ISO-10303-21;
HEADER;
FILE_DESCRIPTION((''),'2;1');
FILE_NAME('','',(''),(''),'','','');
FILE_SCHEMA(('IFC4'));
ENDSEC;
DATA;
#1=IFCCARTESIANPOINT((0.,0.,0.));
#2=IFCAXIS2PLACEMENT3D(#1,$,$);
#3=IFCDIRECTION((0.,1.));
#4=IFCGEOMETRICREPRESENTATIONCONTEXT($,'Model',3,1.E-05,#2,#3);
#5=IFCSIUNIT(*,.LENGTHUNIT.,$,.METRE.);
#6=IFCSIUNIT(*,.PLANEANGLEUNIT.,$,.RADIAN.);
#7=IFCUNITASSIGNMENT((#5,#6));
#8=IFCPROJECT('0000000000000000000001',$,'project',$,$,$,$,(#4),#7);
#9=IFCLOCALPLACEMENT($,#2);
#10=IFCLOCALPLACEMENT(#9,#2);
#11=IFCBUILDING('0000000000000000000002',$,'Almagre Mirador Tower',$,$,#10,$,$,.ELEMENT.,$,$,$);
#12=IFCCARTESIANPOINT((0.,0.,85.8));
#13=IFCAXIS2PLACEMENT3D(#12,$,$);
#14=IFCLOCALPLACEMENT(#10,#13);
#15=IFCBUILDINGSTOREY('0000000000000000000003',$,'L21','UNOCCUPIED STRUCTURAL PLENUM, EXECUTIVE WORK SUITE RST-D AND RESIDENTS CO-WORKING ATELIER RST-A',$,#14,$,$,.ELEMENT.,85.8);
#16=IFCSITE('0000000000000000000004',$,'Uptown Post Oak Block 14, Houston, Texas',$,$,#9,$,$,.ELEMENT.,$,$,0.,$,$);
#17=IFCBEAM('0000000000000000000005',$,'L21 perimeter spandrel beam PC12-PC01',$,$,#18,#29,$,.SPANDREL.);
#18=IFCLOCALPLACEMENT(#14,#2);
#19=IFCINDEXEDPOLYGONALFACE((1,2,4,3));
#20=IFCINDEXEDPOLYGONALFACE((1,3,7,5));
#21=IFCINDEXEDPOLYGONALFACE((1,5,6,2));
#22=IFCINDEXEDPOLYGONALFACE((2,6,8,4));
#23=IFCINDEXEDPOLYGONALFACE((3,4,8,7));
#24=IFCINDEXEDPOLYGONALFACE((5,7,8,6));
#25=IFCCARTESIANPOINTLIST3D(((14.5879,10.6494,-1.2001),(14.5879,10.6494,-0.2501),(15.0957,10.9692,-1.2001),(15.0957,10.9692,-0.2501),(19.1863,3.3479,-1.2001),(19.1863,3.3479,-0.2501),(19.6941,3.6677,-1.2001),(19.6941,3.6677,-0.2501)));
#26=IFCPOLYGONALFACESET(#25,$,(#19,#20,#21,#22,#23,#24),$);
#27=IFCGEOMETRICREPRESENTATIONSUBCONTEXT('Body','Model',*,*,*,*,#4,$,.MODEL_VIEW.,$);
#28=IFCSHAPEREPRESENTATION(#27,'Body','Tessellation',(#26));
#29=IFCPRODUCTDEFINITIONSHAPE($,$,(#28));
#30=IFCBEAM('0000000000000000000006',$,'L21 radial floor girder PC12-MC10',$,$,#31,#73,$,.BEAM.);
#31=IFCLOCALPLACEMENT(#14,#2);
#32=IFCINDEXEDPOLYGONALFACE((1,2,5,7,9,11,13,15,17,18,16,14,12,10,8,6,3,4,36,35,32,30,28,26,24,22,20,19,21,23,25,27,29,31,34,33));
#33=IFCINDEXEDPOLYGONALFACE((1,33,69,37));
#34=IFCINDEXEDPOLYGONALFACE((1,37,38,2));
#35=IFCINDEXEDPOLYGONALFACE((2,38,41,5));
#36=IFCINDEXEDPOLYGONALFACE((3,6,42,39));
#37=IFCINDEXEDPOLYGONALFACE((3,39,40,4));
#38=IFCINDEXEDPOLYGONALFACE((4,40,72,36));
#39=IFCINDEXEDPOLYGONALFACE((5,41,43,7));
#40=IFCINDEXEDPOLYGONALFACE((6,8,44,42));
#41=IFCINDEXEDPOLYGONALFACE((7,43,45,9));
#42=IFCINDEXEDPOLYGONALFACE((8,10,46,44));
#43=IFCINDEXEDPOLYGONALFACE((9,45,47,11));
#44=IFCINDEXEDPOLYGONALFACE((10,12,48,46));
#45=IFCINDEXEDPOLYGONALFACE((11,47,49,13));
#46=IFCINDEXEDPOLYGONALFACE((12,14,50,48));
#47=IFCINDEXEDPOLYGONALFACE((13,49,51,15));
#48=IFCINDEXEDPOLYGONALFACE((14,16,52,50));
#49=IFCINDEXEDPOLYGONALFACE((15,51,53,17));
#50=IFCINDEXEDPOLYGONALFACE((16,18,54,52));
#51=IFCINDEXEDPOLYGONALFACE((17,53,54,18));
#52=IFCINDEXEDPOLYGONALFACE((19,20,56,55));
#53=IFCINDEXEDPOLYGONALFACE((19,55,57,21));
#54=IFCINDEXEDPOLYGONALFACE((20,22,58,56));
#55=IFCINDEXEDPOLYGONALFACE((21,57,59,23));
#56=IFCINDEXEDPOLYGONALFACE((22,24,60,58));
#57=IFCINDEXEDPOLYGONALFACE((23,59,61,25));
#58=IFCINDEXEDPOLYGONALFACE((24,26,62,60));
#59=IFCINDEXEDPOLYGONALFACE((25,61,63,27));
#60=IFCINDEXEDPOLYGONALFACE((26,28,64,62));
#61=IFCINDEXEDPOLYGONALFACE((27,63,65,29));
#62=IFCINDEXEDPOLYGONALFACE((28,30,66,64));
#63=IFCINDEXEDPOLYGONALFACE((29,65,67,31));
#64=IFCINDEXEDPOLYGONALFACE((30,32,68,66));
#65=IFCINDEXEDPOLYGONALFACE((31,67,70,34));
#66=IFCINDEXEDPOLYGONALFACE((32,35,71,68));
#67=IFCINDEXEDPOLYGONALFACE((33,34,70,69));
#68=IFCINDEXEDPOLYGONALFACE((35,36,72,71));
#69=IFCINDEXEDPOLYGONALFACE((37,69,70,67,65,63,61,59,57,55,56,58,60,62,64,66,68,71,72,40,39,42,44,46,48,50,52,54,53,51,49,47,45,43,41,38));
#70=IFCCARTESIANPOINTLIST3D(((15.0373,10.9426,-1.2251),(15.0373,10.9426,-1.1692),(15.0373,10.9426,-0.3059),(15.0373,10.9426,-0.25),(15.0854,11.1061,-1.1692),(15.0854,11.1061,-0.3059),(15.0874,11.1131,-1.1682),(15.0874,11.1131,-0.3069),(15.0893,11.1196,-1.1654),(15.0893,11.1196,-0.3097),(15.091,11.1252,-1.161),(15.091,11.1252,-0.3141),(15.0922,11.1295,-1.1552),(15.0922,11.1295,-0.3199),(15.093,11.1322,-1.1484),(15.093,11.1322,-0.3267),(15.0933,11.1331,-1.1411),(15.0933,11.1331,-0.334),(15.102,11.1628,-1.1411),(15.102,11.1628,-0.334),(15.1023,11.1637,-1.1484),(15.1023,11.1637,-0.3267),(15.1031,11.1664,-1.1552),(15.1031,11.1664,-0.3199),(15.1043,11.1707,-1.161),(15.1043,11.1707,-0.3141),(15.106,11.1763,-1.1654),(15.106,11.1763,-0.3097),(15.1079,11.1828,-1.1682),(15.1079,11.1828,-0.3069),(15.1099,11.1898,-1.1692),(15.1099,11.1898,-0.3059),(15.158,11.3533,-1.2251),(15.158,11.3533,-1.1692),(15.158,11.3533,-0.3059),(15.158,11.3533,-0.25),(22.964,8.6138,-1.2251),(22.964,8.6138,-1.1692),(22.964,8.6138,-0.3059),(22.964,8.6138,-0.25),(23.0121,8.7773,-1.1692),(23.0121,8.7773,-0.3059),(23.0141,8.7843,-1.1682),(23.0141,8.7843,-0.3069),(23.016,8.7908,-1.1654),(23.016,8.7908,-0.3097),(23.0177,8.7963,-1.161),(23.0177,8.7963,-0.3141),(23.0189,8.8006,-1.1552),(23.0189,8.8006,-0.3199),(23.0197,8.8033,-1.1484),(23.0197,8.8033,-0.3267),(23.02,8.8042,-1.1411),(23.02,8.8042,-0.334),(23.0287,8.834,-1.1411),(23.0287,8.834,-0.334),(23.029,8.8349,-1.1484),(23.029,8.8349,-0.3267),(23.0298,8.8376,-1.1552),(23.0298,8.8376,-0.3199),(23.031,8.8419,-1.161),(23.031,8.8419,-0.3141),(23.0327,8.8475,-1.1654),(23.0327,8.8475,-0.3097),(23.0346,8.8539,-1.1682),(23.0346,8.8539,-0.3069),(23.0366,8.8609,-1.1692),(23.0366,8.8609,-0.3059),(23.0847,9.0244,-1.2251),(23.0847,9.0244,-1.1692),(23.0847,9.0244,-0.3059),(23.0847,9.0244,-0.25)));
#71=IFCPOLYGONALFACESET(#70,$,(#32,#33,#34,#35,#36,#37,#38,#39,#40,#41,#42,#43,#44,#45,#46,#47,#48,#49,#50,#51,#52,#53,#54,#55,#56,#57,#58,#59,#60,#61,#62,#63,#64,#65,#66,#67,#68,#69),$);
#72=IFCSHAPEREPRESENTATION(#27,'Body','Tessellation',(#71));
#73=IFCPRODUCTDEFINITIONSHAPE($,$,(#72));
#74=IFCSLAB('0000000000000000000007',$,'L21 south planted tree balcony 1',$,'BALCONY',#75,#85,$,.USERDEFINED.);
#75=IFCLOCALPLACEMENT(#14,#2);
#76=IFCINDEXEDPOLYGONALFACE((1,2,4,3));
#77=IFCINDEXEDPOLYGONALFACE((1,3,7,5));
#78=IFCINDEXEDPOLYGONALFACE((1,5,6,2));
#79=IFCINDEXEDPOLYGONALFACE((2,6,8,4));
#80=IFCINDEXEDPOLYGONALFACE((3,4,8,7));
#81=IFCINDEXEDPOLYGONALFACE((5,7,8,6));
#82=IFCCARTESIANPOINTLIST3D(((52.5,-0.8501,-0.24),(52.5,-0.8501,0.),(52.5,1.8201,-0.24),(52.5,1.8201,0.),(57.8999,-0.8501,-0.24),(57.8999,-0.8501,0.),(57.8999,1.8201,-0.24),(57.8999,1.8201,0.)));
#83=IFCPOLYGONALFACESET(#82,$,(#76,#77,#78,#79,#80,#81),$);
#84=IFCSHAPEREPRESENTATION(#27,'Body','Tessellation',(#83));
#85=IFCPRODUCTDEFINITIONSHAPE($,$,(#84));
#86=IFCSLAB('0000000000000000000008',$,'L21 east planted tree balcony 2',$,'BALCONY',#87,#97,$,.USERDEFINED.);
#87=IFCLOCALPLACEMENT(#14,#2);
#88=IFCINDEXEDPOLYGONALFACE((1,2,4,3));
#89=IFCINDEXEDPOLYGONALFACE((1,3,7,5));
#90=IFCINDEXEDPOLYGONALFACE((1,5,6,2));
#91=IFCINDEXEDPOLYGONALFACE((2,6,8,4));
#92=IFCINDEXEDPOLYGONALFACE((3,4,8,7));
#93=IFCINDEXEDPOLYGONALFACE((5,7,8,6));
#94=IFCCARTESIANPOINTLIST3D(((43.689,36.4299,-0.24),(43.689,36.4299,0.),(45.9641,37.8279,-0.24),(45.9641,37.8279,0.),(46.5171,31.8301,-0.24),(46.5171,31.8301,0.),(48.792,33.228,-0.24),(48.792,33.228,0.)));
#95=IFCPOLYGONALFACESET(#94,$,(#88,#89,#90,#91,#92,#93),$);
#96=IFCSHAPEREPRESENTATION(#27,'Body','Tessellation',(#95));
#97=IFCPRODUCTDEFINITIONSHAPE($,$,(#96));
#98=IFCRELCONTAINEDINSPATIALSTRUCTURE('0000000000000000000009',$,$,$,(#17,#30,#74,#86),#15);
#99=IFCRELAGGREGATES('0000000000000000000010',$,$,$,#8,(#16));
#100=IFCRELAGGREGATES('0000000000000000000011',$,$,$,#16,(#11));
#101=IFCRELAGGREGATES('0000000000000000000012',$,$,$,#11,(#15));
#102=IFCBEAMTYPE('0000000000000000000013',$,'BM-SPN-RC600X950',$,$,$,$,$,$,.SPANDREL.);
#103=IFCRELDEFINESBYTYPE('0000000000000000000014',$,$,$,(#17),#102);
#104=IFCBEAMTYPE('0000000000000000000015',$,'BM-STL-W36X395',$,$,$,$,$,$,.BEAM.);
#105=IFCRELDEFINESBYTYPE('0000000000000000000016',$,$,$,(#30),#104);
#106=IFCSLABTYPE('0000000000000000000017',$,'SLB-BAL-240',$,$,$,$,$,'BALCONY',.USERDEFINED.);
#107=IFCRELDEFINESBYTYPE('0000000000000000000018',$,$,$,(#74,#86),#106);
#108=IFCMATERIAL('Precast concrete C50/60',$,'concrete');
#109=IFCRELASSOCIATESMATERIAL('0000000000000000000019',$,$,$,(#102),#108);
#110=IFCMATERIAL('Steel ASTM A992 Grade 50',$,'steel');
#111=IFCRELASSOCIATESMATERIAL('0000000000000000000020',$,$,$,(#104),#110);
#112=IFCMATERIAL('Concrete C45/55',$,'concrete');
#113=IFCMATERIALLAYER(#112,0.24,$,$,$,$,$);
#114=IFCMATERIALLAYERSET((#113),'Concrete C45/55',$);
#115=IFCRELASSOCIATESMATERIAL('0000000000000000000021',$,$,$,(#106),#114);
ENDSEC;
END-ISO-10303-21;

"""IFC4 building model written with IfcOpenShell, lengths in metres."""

from ifc_helpers import new_model, si_unit, direction, frame, origin, origin_2d, place, context, subcontext, project, spatial, polyline, rectangle, i_section, outline, extrude, material, layer, layer_set, material_profile, profile_set, type_object, element, save


model = new_model("IFC4")

# Units and contexts
model_context = context("Model", 3, precision=1e-05, world=origin(), true_north=direction((0.0, 1.0)))
body_context = subcontext(model_context, "Body", "Model", "MODEL_VIEW")
ifc_project = project(units=[si_unit("LENGTHUNIT", "METRE"), si_unit("PLANEANGLEUNIT", "RADIAN")], contexts=[model_context])

# Site, building, storey
site_placement = place(None, origin())
site = spatial("IfcSite", under=ifc_project, at=site_placement, Name="Uptown Post Oak Block 14, Houston, Texas", CompositionType="ELEMENT", RefElevation=0.0)
building_placement = place(site_placement, origin())
building = spatial("IfcBuilding", under=site, at=building_placement, Name="Almagre Mirador Tower", CompositionType="ELEMENT")
storey_placement = place(building_placement, frame((0.0, 0.0, 85.8)))
storey = spatial("IfcBuildingStorey", under=building, at=storey_placement, Name="L21", Description="UNOCCUPIED STRUCTURAL PLENUM, EXECUTIVE WORK SUITE RST-D AND RESIDENTS CO-WORKING ATELIER RST-A", CompositionType="ELEMENT", Elevation=85.8)

# Beams
ifc_material_1 = material(Name="Precast concrete C50/60", Category="concrete")
ifc_material_profile_1 = material_profile(ifc_material_1, rectangle(XDim=0.6001, YDim=0.95, at=origin_2d()), Name="RC600X950")
ifc_profile_set_1 = profile_set([ifc_material_profile_1], Name="Precast concrete C50/60")
beam_type_1 = type_object("IfcBeamType", Name="BM-SPN-RC600X950", PredefinedType="SPANDREL", material=ifc_profile_set_1)
beam_1_placement = place(storey_placement, frame((14.8418, 10.8093, -0.7251), z_axis=(0.532908, -0.846173, 0.0), x_axis=(0.846173, 0.532908, 0.0)))
element("IfcBeam", 1, at=beam_1_placement, inside=storey, type_object=beam_type_1, Name="L21 perimeter spandrel beam PC12-PC01", PredefinedType="SPANDREL", context=body_context, shape_type="SweptSolid", body=[
    extrude(rectangle(XDim=0.6001, YDim=0.95, at=origin_2d()), origin(), (0.0, 0.0, 1.0), 8.6289),
])
ifc_material_2 = material(Name="Steel ASTM A992 Grade 50", Category="steel")
ifc_material_profile_2 = material_profile(ifc_material_2, i_section(OverallWidth=0.428, OverallDepth=0.9751, WebThickness=0.031, FlangeThickness=0.0559, FilletRadius=0.0281, at=origin_2d()), Name="W36X395")
ifc_profile_set_2 = profile_set([ifc_material_profile_2], Name="Steel ASTM A992 Grade 50")
beam_type_2 = type_object("IfcBeamType", Name="BM-STL-W36X395", PredefinedType="BEAM", material=ifc_profile_set_2)
beam_2_placement = place(storey_placement, frame((15.0977, 11.1479, -0.7375), z_axis=(0.959449, -0.281883, 0.0), x_axis=(0.281883, 0.959449, 0.0)))
element("IfcBeam", 2, at=beam_2_placement, inside=storey, type_object=beam_type_2, Name="L21 radial floor girder PC12-MC10", PredefinedType="BEAM", context=body_context, shape_type="SweptSolid", body=[
    extrude(i_section(OverallWidth=0.428, OverallDepth=0.9751, WebThickness=0.031, FlangeThickness=0.0559, FilletRadius=0.0281, at=origin_2d()), origin(), (0.0, 0.0, 1.0), 8.2617),
])

# Slabs
ifc_material_3 = material(Name="Concrete C45/55", Category="concrete")
ifc_layer_1 = layer(ifc_material_3, 0.24)
ifc_layer_set_1 = layer_set([ifc_layer_1], Name="Concrete C45/55")
slab_type_1 = type_object("IfcSlabType", Name="SLB-BAL-240", ElementType="BALCONY", PredefinedType="USERDEFINED", material=ifc_layer_set_1)
slab_1_placement = place(storey_placement, frame((0.0, 0.0, -0.24)))
element("IfcSlab", 3, at=slab_1_placement, inside=storey, type_object=slab_type_1, Name="L21 south planted tree balcony 1", ObjectType="BALCONY", PredefinedType="USERDEFINED", context=body_context, shape_type="SweptSolid", body=[
    extrude(outline(polyline([(52.5, 1.8201), (57.8999, 1.8201), (57.8999, -0.8501), (52.5, -0.8501), (52.5, 1.8201)])), origin(), (0.0, 0.0, 1.0), 0.24),
])
slab_2_placement = place(storey_placement, frame((0.0, 0.0, -0.24)))
element("IfcSlab", 4, at=slab_2_placement, inside=storey, type_object=slab_type_1, Name="L21 east planted tree balcony 2", ObjectType="BALCONY", PredefinedType="USERDEFINED", context=body_context, shape_type="SweptSolid", body=[
    extrude(outline(polyline([(46.5171, 31.8301), (43.689, 36.4299), (45.9641, 37.8279), (48.792, 33.228), (46.5171, 31.8301)])), origin(), (0.0, 0.0, 1.0), 0.24),
])

save(model, "model.ifc")
